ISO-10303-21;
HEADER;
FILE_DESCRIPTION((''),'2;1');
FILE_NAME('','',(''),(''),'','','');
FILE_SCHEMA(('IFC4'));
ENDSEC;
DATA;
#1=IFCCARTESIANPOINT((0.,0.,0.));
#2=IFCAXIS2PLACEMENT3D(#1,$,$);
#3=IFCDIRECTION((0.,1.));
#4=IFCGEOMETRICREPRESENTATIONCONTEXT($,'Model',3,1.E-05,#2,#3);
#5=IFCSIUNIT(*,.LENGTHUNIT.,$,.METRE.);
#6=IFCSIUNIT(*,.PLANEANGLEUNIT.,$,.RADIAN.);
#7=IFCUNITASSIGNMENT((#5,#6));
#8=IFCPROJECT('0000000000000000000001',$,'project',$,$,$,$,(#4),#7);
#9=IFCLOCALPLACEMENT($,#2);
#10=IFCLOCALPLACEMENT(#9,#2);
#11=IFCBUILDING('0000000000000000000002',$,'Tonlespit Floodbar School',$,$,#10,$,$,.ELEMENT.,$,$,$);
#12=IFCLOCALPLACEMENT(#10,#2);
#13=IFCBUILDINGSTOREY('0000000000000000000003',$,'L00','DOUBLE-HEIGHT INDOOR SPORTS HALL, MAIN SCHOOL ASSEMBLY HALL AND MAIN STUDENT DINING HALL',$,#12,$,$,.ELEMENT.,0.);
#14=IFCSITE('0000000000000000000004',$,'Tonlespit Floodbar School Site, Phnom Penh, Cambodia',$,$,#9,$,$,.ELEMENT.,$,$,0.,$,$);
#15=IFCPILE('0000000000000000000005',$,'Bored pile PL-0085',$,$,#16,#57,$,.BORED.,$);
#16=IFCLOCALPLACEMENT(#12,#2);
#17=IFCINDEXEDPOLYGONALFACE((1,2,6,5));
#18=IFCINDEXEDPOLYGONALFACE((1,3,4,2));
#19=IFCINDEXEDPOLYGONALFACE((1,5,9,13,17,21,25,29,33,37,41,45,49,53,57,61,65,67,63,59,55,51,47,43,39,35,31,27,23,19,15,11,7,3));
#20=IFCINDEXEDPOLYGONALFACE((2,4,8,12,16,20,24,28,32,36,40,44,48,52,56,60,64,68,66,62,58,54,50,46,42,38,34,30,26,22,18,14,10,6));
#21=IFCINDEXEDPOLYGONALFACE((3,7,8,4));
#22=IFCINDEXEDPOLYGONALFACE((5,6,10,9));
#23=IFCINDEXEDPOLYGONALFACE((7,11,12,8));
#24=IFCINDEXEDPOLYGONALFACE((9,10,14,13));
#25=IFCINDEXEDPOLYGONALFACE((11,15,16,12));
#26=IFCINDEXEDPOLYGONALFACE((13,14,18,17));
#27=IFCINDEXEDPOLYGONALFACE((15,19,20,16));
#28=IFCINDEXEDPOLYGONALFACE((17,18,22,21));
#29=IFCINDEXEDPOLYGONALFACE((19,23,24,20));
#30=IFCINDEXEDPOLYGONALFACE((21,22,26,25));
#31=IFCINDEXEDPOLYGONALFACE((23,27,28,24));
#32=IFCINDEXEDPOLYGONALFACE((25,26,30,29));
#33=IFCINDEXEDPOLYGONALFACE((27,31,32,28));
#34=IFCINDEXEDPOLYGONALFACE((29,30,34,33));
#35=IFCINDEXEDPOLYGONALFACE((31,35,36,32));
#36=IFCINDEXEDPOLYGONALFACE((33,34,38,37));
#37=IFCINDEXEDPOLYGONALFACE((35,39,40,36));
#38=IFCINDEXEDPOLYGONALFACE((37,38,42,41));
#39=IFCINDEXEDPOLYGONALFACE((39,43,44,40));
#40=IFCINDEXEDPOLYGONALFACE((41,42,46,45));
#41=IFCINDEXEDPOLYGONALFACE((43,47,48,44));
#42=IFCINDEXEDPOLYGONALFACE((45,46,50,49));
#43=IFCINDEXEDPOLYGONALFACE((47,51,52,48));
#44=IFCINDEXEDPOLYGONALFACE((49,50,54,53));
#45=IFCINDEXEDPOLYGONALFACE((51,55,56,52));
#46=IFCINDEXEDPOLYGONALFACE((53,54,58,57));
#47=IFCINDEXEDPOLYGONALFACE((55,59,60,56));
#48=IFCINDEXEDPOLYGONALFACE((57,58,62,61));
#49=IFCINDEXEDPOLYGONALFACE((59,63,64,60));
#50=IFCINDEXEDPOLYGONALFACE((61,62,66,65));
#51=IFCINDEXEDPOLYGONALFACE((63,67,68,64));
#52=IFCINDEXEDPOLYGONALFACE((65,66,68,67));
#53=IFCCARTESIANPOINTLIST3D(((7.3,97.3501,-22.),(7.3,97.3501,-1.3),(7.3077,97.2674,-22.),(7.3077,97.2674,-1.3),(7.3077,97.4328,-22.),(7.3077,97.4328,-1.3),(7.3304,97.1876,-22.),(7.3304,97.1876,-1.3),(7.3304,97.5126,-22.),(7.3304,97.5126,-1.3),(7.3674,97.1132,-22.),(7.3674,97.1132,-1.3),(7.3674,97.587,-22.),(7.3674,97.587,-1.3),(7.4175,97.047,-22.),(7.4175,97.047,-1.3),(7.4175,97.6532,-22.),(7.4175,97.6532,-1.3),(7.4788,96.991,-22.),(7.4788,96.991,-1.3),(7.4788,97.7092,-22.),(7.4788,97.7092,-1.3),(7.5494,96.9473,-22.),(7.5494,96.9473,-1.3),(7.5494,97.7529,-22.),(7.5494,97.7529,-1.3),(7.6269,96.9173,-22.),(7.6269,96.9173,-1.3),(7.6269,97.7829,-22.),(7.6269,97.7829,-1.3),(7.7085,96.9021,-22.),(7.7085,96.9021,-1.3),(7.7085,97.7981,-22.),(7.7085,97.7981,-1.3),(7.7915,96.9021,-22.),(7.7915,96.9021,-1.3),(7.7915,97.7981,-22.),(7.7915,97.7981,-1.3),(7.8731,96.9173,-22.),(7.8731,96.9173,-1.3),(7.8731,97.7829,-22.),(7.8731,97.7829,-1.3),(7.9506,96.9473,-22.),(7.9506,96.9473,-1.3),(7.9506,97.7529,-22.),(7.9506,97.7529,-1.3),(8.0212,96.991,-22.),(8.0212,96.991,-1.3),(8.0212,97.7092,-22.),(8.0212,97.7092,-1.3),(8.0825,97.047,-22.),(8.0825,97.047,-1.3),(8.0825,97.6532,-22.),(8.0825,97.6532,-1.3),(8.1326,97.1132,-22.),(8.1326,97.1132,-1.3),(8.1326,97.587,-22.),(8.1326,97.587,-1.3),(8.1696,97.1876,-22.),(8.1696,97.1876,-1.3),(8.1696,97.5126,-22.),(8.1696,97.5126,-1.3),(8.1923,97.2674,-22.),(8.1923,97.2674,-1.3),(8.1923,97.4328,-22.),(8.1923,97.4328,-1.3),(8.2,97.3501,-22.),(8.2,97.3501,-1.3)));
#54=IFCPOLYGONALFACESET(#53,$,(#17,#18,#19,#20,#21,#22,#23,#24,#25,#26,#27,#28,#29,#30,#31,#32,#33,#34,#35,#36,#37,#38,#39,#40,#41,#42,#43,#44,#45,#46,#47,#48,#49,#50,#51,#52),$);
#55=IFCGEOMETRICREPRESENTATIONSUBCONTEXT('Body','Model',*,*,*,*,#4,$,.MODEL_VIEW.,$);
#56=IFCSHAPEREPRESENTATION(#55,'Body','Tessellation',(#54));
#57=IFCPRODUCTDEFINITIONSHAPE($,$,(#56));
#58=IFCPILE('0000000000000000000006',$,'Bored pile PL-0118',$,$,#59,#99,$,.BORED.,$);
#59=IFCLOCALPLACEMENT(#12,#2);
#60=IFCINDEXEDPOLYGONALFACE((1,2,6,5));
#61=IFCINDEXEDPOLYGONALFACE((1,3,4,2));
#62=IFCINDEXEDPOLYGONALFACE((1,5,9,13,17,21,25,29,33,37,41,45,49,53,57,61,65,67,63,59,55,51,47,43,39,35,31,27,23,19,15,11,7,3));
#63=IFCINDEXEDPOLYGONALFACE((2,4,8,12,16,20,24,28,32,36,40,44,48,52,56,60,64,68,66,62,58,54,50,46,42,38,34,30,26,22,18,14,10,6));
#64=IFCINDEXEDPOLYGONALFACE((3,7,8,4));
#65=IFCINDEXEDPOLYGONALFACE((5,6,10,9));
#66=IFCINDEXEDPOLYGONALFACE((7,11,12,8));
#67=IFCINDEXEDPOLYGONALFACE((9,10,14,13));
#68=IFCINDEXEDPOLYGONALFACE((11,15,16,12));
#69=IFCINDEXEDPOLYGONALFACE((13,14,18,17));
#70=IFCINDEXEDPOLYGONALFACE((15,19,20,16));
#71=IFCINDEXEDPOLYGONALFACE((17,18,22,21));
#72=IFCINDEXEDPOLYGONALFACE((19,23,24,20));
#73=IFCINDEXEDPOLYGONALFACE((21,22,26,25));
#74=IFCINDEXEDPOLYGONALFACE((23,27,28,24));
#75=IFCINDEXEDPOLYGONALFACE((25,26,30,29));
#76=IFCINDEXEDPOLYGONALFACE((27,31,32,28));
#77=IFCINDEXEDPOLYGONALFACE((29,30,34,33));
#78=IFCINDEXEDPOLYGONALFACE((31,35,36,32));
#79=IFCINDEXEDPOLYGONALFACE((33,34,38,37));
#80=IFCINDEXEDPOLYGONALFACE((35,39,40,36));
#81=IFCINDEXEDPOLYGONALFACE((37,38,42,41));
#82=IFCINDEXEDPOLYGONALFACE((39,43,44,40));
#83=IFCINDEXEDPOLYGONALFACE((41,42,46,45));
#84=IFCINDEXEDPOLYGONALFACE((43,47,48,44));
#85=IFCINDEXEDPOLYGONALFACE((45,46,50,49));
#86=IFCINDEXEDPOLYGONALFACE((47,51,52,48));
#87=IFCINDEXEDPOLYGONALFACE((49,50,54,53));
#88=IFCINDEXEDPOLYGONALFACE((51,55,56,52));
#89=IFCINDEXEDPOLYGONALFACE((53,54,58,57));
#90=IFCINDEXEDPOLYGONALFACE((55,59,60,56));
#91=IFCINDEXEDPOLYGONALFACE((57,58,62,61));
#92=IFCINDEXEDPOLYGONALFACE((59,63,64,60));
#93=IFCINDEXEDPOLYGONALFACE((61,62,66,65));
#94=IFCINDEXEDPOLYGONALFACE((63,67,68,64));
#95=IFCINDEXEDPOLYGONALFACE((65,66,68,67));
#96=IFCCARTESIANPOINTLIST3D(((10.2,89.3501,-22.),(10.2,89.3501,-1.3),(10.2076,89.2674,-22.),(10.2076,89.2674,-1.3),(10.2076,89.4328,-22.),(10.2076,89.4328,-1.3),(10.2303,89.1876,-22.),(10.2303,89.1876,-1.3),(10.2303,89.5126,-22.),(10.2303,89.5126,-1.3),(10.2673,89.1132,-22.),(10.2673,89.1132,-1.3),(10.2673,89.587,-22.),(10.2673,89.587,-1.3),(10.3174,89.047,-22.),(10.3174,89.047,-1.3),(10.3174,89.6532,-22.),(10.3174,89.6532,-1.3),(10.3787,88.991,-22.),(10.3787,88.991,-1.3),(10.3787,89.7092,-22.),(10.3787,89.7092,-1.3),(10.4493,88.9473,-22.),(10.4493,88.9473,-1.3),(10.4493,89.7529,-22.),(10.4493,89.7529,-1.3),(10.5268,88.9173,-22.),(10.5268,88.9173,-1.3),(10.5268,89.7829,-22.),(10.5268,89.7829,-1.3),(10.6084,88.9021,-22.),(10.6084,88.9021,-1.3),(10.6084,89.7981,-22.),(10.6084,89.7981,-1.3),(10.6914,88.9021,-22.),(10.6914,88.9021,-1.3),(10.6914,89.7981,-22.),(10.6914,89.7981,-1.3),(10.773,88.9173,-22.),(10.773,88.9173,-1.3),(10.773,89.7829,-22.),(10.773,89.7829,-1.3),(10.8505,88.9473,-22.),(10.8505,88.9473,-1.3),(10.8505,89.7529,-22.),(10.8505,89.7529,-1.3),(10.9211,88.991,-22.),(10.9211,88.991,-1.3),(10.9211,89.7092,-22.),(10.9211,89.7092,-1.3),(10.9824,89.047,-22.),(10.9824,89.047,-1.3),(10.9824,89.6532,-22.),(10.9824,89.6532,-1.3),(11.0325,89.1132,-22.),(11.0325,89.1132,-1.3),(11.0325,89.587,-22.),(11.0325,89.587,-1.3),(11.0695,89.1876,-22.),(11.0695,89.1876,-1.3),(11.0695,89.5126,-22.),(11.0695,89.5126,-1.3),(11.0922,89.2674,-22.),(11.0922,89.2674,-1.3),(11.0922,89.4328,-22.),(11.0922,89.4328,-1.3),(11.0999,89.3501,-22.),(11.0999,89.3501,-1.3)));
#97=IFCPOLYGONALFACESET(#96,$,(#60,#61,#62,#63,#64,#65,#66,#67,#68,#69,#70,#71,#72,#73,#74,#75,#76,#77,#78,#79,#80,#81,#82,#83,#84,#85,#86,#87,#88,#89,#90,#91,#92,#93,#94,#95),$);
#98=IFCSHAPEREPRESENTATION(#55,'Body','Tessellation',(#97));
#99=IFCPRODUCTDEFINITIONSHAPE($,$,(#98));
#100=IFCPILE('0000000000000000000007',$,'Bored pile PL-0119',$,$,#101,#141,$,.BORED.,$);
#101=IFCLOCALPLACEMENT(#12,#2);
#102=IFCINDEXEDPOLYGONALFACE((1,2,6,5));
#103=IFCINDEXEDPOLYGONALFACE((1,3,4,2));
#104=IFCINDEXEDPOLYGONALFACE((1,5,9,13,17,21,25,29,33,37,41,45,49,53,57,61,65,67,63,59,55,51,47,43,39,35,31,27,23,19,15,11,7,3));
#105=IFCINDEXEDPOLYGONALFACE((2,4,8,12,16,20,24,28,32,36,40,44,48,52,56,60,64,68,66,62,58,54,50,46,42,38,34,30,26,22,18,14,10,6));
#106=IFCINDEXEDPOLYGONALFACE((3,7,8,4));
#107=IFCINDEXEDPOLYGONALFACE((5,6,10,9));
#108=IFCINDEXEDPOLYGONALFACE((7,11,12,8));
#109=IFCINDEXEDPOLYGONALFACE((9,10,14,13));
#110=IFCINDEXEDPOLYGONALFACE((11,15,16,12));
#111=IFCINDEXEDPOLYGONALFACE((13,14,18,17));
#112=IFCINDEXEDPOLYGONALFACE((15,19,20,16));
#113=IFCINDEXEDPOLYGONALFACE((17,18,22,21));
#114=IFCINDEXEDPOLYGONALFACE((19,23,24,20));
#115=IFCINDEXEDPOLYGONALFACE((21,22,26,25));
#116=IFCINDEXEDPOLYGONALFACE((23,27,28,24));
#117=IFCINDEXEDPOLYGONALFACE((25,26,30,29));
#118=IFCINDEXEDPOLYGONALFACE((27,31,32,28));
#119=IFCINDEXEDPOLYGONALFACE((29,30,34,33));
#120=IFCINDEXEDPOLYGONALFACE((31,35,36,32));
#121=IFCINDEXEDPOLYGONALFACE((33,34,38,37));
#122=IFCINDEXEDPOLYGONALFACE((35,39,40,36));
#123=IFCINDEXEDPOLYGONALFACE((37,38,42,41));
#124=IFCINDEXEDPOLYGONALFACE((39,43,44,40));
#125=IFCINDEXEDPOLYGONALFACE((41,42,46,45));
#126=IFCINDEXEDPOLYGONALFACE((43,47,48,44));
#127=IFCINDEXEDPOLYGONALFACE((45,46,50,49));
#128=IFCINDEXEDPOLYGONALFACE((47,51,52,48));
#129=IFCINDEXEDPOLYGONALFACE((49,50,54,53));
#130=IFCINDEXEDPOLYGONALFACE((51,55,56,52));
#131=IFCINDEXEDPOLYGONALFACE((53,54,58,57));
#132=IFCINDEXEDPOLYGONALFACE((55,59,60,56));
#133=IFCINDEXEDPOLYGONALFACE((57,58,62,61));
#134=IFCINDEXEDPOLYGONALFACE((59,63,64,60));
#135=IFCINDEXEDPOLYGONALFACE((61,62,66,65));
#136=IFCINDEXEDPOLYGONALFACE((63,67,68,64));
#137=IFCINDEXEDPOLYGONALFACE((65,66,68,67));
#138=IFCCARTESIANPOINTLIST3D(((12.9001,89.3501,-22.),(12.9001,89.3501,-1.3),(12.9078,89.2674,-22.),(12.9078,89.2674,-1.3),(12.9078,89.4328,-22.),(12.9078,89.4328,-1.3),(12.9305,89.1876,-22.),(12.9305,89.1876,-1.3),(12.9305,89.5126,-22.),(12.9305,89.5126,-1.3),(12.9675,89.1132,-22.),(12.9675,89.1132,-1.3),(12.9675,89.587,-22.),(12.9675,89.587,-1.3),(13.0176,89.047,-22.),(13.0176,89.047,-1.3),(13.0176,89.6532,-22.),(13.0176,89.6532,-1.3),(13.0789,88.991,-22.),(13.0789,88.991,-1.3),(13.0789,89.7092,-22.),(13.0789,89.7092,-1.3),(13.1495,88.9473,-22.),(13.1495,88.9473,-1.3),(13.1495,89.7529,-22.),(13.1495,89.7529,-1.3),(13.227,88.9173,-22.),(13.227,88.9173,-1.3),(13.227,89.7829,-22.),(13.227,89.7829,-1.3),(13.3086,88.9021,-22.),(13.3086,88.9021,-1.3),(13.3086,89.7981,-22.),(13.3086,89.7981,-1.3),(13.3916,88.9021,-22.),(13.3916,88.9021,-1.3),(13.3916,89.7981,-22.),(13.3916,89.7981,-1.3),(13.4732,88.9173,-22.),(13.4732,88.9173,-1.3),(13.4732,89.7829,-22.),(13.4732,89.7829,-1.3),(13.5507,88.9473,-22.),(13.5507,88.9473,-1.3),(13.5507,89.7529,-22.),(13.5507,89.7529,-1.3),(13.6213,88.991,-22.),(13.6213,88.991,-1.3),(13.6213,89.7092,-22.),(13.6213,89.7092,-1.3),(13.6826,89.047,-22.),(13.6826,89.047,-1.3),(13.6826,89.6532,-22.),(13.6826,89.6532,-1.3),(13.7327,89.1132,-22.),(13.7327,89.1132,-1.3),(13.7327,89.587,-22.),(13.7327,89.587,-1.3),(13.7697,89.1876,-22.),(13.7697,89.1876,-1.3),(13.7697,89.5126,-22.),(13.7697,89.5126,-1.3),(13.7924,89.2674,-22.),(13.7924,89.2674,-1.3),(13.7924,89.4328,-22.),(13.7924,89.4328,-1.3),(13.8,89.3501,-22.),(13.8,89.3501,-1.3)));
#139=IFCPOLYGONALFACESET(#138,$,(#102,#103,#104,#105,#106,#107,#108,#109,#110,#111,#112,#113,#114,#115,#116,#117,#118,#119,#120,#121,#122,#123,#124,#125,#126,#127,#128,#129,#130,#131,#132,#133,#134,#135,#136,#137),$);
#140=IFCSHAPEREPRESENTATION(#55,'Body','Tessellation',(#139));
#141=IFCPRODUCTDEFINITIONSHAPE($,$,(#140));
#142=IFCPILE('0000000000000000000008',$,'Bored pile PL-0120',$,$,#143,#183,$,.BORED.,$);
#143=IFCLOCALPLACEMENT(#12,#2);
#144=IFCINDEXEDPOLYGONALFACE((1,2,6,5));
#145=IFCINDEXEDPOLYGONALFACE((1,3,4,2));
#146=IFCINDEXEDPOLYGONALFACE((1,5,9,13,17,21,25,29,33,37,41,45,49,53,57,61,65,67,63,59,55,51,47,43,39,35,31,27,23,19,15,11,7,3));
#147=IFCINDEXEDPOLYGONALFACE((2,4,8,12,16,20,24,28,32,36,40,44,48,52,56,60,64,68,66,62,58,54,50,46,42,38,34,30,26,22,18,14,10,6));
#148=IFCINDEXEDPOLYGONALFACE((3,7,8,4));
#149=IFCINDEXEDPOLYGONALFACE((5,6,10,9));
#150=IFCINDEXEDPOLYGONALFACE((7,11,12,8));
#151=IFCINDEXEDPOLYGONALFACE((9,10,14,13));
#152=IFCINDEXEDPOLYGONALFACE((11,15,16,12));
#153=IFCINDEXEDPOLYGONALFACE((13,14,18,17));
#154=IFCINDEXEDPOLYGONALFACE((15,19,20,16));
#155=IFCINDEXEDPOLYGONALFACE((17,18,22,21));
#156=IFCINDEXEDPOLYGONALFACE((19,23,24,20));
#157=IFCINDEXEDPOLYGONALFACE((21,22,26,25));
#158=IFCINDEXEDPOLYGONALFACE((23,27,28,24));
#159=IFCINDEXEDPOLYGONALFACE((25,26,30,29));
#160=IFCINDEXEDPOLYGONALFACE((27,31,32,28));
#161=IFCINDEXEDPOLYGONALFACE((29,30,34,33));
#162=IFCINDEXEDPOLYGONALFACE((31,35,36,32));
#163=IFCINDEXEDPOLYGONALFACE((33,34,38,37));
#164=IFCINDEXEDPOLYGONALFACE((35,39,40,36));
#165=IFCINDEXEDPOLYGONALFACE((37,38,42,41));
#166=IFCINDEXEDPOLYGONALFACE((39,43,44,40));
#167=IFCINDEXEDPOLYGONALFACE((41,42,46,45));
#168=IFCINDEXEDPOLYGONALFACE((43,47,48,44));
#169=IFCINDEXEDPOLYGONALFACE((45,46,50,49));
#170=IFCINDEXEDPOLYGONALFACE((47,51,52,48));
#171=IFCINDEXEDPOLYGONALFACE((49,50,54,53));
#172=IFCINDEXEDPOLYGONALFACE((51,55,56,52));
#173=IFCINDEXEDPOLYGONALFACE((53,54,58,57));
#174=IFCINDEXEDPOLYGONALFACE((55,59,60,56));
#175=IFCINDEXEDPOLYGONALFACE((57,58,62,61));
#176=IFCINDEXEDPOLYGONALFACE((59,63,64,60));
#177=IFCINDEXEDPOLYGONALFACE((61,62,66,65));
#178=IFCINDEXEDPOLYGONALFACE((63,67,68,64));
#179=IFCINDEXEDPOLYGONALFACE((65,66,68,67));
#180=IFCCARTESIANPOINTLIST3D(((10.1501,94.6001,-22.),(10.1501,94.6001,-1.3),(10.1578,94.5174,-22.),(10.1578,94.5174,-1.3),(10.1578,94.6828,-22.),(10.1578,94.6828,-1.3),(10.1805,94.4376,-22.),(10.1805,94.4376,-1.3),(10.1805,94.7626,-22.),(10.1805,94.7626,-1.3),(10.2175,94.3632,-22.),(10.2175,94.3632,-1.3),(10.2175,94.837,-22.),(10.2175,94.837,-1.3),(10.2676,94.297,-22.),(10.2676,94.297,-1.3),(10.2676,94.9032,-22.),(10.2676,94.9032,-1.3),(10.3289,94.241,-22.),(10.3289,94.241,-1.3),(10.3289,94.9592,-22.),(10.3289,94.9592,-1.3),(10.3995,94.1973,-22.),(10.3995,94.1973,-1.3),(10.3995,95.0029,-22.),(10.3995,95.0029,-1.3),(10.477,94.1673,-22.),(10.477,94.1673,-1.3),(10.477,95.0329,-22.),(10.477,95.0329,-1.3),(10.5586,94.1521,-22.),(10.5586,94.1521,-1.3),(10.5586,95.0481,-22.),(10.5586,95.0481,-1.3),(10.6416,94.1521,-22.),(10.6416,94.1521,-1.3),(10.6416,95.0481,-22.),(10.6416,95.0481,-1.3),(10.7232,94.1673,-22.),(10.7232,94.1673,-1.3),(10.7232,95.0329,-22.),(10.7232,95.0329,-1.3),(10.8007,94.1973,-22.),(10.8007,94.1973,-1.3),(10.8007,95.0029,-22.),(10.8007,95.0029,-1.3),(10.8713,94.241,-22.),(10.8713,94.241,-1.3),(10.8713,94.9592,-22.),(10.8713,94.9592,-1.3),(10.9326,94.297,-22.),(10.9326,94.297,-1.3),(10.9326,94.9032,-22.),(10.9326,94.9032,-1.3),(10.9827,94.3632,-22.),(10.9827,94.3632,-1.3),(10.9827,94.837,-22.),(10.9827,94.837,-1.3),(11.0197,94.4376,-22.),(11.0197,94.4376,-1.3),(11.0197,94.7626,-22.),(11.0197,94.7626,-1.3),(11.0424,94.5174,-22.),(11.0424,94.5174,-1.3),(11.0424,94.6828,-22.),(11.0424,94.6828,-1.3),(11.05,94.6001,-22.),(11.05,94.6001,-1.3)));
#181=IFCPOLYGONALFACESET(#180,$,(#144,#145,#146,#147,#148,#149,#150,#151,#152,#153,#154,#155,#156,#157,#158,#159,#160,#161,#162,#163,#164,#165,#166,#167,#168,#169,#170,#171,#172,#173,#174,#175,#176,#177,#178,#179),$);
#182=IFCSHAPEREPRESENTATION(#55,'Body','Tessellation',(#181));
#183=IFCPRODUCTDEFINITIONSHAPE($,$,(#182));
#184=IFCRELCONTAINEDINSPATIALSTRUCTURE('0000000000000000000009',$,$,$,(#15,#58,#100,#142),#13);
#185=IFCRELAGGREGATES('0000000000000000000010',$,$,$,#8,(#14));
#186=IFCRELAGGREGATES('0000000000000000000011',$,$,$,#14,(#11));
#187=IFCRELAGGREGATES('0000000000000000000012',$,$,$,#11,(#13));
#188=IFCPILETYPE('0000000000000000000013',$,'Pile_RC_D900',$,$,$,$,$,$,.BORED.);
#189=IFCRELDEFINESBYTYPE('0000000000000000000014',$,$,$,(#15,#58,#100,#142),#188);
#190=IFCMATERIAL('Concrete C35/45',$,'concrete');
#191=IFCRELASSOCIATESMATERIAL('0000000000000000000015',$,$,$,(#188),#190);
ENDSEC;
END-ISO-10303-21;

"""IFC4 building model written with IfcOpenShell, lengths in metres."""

from ifc_helpers import new_model, si_unit, direction, frame, origin, origin_2d, place, context, subcontext, project, spatial, circle, extrude, material, material_profile, profile_set, type_object, element, save


model = new_model("IFC4")

# Units and contexts
model_context = context("Model", 3, precision=1e-05, world=origin(), true_north=direction((0.0, 1.0)))
body_context = subcontext(model_context, "Body", "Model", "MODEL_VIEW")
ifc_project = project(units=[si_unit("LENGTHUNIT", "METRE"), si_unit("PLANEANGLEUNIT", "RADIAN")], contexts=[model_context])

# Site, building, storey
site_placement = place(None, origin())
site = spatial("IfcSite", under=ifc_project, at=site_placement, Name="Tonlespit Floodbar School Site, Phnom Penh, Cambodia", CompositionType="ELEMENT", RefElevation=0.0)
building_placement = place(site_placement, origin())
building = spatial("IfcBuilding", under=site, at=building_placement, Name="Tonlespit Floodbar School", CompositionType="ELEMENT")
storey_placement = place(building_placement, origin())
storey = spatial("IfcBuildingStorey", under=building, at=storey_placement, Name="L00", Description="DOUBLE-HEIGHT INDOOR SPORTS HALL, MAIN SCHOOL ASSEMBLY HALL AND MAIN STUDENT DINING HALL", CompositionType="ELEMENT", Elevation=0.0)

# Piles
ifc_material_1 = material(Name="Concrete C35/45", Category="concrete")
ifc_material_profile_1 = material_profile(ifc_material_1, circle(Radius=0.45, at=origin_2d()), Name="BP D900")
ifc_profile_set_1 = profile_set([ifc_material_profile_1], Name="Concrete C35/45")
pile_type = type_object("IfcPileType", Name="Pile_RC_D900", PredefinedType="BORED", material=ifc_profile_set_1)
for number, where, z_axis, x_axis, name in (
    (1, (7.75, 97.3501, -1.3), (0.0, 0.0, -1.0), (1.0, 0.0, 0.0), "Bored pile PL-0085"),
    (2, (10.6499, 89.3501, -1.3), (0.0, 0.0, -1.0), (1.0, 0.0, 0.0), "Bored pile PL-0118"),
    (3, (13.3501, 89.3501, -1.3), (0.0, 0.0, -1.0), (1.0, 0.0, 0.0), "Bored pile PL-0119"),
    (4, (10.6001, 94.6001, -1.3), (0.0, 0.0, -1.0), (1.0, 0.0, 0.0), "Bored pile PL-0120"),
):
    element("IfcPile", number, at=place(storey_placement, frame(where, z_axis=z_axis, x_axis=x_axis)), inside=storey, type_object=pile_type, Name=name, PredefinedType="BORED", context=body_context, shape_type="SweptSolid", body=[
        extrude(circle(Radius=0.45, at=origin_2d()), origin(), (0.0, 0.0, 1.0), 20.7),
    ])

save(model, "model.ifc")
